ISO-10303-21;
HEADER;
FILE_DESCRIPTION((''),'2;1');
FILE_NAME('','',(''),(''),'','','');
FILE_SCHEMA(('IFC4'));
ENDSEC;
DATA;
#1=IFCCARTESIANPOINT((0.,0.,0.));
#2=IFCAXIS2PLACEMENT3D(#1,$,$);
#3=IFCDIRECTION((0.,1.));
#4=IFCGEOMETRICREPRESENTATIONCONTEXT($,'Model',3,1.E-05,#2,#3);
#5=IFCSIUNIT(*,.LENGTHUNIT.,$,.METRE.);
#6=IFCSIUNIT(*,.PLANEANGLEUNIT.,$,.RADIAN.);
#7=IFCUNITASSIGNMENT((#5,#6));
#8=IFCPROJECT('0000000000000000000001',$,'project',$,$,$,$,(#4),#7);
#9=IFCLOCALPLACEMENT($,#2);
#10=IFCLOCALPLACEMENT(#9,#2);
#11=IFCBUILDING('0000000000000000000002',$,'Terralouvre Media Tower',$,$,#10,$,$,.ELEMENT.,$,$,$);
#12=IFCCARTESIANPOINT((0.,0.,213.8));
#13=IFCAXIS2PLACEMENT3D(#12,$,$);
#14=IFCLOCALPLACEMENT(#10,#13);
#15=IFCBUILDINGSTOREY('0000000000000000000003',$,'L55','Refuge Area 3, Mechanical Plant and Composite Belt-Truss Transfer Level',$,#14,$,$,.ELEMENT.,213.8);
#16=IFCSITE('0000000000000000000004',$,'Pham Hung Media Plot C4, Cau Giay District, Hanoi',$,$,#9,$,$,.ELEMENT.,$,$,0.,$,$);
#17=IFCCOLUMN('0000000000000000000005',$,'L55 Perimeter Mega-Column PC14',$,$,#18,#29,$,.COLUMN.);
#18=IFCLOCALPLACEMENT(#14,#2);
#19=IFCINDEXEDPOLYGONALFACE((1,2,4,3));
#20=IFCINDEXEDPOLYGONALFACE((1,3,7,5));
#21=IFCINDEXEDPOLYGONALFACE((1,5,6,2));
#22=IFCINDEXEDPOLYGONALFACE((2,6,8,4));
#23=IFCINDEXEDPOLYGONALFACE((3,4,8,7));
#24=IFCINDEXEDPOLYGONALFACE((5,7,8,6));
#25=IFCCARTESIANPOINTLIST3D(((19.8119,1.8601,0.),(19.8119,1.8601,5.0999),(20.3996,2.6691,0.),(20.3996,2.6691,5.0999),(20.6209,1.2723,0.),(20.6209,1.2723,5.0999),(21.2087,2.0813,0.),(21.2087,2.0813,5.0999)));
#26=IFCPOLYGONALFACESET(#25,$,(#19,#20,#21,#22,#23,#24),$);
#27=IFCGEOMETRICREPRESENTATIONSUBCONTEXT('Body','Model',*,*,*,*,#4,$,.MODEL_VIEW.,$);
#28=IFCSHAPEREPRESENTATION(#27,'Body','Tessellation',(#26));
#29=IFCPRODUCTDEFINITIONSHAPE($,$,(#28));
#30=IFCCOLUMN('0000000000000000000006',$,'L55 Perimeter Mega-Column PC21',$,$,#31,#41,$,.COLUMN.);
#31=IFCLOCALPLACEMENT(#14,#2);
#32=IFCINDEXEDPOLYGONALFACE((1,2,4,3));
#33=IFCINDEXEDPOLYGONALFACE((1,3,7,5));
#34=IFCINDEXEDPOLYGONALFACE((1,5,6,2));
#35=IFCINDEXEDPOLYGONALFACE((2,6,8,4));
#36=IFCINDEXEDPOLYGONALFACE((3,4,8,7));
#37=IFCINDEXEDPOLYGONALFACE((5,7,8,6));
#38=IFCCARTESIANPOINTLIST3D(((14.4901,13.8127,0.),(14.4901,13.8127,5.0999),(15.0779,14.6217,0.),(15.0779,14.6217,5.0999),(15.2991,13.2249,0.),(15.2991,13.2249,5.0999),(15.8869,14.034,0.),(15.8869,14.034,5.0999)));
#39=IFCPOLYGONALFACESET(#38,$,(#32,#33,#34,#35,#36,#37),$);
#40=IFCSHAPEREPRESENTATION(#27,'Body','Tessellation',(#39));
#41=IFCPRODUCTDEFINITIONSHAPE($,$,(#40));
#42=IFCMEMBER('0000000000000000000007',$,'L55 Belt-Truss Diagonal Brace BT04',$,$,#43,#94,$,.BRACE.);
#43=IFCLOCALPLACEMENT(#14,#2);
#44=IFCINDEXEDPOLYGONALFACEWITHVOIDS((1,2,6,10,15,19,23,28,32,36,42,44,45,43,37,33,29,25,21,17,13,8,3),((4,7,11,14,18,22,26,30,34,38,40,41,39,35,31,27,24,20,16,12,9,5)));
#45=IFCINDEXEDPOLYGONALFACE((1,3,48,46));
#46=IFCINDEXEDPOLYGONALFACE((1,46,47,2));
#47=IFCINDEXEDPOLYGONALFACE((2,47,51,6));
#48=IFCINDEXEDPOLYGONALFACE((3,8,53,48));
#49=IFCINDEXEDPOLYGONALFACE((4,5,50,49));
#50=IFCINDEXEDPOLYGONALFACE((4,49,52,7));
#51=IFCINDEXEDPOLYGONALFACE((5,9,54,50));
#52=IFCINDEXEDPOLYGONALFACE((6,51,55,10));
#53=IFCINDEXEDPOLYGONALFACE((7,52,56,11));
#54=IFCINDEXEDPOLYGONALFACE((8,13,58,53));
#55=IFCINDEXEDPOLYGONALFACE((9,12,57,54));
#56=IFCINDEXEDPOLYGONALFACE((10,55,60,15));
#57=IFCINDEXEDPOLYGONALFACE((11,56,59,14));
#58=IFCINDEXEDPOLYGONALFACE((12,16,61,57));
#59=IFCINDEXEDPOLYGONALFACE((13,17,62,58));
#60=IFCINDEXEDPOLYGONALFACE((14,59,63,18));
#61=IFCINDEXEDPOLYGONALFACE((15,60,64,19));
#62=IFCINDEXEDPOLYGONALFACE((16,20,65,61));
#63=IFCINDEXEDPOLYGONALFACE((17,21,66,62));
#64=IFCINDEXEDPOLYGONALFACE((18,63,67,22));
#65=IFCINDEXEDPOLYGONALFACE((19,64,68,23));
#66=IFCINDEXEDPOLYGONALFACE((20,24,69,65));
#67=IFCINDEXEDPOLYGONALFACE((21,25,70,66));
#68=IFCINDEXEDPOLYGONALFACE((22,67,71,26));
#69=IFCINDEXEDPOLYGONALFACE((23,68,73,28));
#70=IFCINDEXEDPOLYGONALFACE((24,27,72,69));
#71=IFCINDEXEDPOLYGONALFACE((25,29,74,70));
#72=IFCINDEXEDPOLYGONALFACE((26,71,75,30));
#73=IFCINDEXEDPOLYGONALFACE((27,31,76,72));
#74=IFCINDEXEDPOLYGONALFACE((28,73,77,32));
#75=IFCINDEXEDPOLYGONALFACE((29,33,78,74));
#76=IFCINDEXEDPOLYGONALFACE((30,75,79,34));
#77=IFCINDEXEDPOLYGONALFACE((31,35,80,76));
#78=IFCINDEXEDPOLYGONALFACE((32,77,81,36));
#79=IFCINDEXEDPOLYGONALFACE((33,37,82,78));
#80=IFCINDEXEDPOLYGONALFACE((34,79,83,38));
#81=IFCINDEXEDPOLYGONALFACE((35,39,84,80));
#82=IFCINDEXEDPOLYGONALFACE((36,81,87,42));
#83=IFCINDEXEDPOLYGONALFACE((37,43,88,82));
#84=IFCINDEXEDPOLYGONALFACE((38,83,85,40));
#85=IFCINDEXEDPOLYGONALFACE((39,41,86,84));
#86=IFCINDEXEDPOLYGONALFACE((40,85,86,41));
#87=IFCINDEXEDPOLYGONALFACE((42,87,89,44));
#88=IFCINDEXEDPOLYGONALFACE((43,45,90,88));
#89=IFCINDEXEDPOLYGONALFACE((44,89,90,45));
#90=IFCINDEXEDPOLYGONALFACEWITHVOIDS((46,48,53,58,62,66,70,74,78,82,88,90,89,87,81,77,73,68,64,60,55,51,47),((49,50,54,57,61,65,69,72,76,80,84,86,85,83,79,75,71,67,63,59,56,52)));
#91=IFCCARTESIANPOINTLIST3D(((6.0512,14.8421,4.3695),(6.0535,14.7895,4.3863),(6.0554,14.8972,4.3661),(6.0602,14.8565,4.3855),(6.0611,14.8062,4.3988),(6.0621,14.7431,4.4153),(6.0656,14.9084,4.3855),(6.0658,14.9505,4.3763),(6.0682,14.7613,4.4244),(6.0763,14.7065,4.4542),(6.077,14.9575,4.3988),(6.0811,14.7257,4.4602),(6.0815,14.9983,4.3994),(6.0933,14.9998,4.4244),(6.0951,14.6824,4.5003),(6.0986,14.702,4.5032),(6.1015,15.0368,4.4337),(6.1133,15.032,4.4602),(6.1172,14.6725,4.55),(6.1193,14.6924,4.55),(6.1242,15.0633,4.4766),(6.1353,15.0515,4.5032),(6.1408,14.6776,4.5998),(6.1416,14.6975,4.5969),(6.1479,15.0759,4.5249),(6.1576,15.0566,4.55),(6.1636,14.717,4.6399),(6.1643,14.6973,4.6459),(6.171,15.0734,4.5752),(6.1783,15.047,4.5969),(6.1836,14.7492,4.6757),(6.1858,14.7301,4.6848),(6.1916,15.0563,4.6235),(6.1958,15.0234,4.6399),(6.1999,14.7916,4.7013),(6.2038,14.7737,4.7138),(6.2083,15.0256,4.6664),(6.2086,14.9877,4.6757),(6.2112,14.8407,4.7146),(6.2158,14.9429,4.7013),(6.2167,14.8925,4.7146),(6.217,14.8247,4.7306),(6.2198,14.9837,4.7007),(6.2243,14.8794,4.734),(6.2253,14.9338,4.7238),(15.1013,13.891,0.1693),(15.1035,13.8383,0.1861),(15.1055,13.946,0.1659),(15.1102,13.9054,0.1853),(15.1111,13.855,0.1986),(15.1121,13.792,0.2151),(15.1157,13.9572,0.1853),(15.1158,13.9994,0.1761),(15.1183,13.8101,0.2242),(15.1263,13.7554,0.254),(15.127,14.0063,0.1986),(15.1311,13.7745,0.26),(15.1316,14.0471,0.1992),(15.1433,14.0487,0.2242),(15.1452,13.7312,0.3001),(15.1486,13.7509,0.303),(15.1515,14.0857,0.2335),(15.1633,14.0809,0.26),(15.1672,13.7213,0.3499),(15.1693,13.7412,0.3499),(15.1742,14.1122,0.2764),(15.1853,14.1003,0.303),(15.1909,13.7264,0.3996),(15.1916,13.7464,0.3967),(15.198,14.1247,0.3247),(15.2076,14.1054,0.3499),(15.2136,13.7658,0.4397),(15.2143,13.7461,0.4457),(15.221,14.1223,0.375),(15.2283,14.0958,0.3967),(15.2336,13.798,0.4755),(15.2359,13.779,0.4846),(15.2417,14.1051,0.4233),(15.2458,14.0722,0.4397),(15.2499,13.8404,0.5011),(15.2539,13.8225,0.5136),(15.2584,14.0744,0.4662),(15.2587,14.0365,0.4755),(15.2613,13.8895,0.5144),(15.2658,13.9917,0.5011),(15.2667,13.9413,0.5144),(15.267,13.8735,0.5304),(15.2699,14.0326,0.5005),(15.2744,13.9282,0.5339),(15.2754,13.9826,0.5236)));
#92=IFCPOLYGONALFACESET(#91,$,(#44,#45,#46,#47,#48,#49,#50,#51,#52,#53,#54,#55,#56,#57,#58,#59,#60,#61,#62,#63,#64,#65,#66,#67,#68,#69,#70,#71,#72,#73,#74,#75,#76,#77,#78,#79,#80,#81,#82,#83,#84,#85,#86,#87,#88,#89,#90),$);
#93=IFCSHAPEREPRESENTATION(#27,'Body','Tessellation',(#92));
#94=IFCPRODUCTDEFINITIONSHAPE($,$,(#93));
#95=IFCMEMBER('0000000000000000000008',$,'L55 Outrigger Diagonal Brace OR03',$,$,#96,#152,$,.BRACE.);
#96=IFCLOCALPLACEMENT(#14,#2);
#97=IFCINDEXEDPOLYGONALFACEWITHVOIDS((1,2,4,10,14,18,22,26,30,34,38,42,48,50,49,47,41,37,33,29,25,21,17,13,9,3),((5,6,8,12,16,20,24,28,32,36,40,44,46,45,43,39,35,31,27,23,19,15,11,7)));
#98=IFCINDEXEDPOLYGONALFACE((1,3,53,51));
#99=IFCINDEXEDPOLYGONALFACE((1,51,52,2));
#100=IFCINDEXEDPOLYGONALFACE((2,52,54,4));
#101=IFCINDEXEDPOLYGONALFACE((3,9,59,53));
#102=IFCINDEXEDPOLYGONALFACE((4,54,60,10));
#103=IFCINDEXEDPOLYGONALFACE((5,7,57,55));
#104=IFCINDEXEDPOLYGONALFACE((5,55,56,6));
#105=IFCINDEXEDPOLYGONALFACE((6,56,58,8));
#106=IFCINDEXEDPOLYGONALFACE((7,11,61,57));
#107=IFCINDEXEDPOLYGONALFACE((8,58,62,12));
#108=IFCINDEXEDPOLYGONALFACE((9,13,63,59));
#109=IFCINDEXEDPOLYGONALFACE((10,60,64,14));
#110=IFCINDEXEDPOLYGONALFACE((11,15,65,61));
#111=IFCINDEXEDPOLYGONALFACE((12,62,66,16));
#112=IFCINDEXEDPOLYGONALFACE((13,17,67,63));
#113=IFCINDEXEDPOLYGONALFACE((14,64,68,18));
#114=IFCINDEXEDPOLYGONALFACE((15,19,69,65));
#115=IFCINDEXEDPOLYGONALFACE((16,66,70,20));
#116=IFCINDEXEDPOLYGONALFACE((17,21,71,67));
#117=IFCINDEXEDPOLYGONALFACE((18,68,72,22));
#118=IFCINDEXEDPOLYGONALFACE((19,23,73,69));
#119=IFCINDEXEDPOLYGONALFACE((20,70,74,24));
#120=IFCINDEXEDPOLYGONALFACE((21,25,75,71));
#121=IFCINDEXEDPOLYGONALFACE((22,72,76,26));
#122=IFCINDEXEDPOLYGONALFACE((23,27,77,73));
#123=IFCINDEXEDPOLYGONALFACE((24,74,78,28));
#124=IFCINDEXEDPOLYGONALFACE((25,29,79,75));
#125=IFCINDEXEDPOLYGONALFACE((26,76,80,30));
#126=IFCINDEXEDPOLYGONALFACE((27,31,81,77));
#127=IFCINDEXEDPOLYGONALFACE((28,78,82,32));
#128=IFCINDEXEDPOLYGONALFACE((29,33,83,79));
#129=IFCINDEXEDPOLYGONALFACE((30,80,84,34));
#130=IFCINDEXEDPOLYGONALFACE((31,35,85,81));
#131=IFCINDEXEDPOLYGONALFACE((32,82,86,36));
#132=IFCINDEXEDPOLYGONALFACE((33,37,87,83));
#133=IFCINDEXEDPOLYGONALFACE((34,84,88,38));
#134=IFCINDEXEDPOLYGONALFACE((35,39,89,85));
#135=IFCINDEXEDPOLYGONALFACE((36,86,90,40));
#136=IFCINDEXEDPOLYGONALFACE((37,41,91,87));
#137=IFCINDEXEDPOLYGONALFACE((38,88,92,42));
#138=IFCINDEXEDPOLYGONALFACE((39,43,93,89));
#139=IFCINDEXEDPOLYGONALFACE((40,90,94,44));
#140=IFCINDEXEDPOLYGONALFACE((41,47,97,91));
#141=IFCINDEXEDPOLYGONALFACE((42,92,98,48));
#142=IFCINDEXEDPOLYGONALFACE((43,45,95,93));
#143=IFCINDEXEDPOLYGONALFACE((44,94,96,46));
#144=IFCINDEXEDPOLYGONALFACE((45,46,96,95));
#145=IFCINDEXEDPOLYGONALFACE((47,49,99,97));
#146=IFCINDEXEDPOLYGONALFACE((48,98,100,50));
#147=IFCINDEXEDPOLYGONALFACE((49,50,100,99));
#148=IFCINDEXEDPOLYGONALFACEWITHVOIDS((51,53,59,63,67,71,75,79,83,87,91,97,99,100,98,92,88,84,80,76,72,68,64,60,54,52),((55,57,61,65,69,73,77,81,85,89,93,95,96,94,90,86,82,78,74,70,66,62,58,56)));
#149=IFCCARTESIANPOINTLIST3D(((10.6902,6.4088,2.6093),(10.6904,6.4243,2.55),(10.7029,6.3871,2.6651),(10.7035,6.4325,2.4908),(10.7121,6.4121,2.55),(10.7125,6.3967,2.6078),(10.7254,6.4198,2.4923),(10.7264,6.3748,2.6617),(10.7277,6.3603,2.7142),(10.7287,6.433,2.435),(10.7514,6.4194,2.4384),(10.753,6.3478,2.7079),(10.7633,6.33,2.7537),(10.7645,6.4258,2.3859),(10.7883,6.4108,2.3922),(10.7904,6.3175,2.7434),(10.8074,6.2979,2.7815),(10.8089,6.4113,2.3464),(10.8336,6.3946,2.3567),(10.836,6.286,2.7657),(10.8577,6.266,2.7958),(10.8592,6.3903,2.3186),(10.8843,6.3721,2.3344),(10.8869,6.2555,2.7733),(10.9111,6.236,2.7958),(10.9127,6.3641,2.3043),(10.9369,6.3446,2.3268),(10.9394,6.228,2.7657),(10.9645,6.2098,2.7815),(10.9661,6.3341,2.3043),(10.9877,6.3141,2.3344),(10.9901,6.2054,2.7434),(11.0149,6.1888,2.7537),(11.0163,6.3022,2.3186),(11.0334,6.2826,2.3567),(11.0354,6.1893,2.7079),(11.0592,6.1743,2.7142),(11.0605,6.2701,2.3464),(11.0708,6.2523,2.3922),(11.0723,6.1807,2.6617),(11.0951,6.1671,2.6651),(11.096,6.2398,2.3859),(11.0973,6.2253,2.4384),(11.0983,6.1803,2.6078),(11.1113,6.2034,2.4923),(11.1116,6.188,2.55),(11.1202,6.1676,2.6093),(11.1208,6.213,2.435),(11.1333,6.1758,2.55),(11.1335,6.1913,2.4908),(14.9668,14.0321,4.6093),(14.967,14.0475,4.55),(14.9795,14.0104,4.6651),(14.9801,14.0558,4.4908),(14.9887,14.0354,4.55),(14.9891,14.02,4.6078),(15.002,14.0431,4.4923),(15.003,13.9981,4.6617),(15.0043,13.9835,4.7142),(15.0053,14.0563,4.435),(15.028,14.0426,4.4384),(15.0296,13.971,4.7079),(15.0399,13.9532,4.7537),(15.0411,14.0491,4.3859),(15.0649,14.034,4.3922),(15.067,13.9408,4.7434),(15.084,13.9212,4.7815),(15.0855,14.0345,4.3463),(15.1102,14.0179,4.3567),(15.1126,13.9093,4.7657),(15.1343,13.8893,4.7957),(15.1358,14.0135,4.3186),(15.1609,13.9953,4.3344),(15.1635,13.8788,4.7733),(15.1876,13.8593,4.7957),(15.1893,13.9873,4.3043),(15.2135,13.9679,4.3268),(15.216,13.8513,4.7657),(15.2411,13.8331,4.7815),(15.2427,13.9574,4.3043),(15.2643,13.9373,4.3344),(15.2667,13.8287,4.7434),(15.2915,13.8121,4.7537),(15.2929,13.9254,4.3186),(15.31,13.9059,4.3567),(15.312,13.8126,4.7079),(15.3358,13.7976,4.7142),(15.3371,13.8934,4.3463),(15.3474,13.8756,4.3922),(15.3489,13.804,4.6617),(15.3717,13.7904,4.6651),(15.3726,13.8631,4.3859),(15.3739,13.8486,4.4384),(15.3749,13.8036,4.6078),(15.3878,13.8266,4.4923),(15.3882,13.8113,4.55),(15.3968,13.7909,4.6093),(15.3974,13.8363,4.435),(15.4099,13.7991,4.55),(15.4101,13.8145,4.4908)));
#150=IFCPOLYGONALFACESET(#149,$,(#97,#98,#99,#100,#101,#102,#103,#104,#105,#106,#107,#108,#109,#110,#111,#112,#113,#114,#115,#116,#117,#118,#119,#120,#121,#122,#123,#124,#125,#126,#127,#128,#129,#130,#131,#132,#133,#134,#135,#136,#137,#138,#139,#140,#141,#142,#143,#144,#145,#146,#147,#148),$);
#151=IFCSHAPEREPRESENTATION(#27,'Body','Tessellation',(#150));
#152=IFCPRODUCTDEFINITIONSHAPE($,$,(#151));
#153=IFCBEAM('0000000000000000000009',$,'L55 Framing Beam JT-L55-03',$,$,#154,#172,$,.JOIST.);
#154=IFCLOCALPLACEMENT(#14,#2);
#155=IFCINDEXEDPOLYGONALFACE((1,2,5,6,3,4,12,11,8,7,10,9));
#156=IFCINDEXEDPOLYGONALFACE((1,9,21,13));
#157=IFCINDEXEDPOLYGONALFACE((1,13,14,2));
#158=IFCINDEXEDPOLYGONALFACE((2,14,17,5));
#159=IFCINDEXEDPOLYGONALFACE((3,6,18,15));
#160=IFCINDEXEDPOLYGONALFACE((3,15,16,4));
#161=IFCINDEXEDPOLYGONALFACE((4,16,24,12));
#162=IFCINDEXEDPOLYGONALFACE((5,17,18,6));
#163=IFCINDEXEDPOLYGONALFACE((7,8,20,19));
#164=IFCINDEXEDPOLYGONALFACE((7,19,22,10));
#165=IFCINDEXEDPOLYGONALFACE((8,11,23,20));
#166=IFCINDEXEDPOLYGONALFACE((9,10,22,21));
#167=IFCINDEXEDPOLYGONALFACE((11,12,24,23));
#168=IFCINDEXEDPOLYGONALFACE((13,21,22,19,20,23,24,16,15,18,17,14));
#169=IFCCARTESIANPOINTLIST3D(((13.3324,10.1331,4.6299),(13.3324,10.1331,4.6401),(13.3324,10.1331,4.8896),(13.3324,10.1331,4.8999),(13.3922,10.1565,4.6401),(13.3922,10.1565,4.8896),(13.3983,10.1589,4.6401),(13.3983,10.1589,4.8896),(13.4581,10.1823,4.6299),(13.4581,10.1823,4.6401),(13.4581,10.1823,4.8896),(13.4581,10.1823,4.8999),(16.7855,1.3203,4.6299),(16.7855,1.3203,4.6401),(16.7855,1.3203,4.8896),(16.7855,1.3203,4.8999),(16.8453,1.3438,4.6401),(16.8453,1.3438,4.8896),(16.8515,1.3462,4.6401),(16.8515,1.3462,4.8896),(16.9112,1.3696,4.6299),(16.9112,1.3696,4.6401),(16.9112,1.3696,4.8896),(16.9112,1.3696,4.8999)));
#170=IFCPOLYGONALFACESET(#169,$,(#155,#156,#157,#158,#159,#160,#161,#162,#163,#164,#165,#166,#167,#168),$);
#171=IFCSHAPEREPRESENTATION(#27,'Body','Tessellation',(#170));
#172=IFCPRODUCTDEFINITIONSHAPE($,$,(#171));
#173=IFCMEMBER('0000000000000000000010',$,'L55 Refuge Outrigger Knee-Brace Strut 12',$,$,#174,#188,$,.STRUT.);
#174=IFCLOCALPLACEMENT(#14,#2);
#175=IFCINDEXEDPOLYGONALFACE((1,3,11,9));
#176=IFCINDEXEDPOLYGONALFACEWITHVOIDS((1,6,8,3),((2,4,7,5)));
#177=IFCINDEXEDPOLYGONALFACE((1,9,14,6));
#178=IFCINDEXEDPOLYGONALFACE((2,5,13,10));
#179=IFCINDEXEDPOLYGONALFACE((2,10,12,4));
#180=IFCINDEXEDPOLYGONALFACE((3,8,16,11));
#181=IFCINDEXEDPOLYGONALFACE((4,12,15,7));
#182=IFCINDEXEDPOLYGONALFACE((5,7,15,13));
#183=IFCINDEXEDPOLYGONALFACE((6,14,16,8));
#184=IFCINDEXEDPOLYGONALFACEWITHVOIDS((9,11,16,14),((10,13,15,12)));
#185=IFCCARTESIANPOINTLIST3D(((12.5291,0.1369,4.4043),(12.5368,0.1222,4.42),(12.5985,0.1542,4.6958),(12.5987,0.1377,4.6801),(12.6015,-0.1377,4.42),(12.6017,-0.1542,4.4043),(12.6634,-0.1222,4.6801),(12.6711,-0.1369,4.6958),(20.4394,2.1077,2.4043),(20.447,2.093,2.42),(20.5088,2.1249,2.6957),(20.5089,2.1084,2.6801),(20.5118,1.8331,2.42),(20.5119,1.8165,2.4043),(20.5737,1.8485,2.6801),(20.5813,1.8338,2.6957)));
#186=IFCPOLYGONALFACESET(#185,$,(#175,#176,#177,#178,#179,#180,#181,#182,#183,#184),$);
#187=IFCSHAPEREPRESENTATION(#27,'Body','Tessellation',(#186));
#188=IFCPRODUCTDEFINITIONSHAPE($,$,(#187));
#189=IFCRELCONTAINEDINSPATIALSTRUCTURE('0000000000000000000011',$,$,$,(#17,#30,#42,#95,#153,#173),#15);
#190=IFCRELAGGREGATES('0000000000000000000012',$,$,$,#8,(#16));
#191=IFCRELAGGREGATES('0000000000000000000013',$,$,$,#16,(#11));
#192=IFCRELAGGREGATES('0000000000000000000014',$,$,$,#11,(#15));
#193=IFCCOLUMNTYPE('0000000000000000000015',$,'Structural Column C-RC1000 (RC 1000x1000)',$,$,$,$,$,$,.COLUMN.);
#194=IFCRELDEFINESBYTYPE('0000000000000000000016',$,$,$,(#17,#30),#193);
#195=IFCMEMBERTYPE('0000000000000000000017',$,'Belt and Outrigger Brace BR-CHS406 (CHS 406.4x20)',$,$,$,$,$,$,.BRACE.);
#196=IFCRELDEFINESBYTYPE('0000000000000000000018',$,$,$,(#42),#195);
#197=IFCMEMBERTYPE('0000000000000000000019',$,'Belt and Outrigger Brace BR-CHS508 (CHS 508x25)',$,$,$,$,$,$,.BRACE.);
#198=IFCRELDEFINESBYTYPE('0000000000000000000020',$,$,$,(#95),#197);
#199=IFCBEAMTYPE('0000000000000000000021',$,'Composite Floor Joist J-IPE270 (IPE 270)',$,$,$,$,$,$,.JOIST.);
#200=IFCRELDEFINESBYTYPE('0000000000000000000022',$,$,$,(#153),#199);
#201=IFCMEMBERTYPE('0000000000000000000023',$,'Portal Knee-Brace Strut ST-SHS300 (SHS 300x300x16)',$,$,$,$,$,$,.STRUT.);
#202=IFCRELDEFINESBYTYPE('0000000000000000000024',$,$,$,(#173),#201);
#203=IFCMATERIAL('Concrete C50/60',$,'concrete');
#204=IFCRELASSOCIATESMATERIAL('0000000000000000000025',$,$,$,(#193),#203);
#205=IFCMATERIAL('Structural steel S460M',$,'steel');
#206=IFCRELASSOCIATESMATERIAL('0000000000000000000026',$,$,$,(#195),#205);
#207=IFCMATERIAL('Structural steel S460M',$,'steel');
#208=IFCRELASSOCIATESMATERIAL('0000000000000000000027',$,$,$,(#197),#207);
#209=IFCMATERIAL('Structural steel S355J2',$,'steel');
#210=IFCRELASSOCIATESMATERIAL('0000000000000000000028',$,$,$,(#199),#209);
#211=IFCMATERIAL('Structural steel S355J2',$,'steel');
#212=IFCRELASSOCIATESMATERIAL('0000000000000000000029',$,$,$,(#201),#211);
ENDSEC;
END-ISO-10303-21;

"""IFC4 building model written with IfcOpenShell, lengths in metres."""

from ifc_helpers import new_model, si_unit, direction, frame, origin, origin_2d, place, context, subcontext, project, spatial, rectangle, hollow_rectangle, hollow_circle, i_section, extrude, material, material_profile, profile_set, type_object, element, save


model = new_model("IFC4")

# Units and contexts
model_context = context("Model", 3, precision=1e-05, world=origin(), true_north=direction((0.0, 1.0)))
body_context = subcontext(model_context, "Body", "Model", "MODEL_VIEW")
ifc_project = project(units=[si_unit("LENGTHUNIT", "METRE"), si_unit("PLANEANGLEUNIT", "RADIAN")], contexts=[model_context])

# Site, building, storey
site_placement = place(None, origin())
site = spatial("IfcSite", under=ifc_project, at=site_placement, Name="Pham Hung Media Plot C4, Cau Giay District, Hanoi", CompositionType="ELEMENT", RefElevation=0.0)
building_placement = place(site_placement, origin())
building = spatial("IfcBuilding", under=site, at=building_placement, Name="Terralouvre Media Tower", CompositionType="ELEMENT")
storey_placement = place(building_placement, frame((0.0, 0.0, 213.8)))
storey = spatial("IfcBuildingStorey", under=building, at=storey_placement, Name="L55", Description="Refuge Area 3, Mechanical Plant and Composite Belt-Truss Transfer Level", CompositionType="ELEMENT", Elevation=213.8)

# Columns
ifc_material_1 = material(Name="Concrete C50/60", Category="concrete")
ifc_material_profile_1 = material_profile(ifc_material_1, rectangle(XDim=1.0, YDim=1.0, at=origin_2d()), Name="RC 1000x1000")
ifc_profile_set_1 = profile_set([ifc_material_profile_1], Name="Concrete C50/60")
column_type = type_object("IfcColumnType", Name="Structural Column C-RC1000 (RC 1000x1000)", PredefinedType="COLUMN", material=ifc_profile_set_1)
for number, where, z_axis, x_axis, name in (
    (1, (20.5103, 1.9707, 0.0), (0.0, 0.0, 1.0), (0.587785, 0.809017, 0.0), "L55 Perimeter Mega-Column PC14"),
    (2, (15.1885, 13.9233, 0.0), (0.0, 0.0, 1.0), (0.587785, 0.809017, 0.0), "L55 Perimeter Mega-Column PC21"),
):
    element("IfcColumn", number, at=place(storey_placement, frame(where, z_axis=z_axis, x_axis=x_axis)), inside=storey, type_object=column_type, Name=name, PredefinedType="COLUMN", context=body_context, shape_type="SweptSolid", body=[
        extrude(rectangle(XDim=1.0, YDim=1.0, at=origin_2d()), origin(), (0.0, 0.0, 1.0), 5.0999),
    ])

# Members
ifc_material_2 = material(Name="Structural steel S460M", Category="steel")
ifc_material_profile_2 = material_profile(ifc_material_2, hollow_circle(Radius=0.2031, WallThickness=0.02, at=origin_2d()), Name="CHS 406.4x20")
ifc_profile_set_2 = profile_set([ifc_material_profile_2], Name="Structural steel S460M")
member_type_1 = type_object("IfcMemberType", Name="Belt and Outrigger Brace BR-CHS406 (CHS 406.4x20)", PredefinedType="BRACE", material=ifc_profile_set_2)
member_1_placement = place(storey_placement, frame((15.1885, 13.9233, 0.3499), z_axis=(-0.902977, 0.094904, 0.419078), x_axis=(-0.104526, -0.994522, 0.0)))
element("IfcMember", 3, at=member_1_placement, inside=storey, type_object=member_type_1, Name="L55 Belt-Truss Diagonal Brace BT04", PredefinedType="BRACE", context=body_context, shape_type="SweptSolid", body=[
    extrude(hollow_circle(Radius=0.2031, WallThickness=0.02, at=origin_2d()), origin(), (0.0, 0.0, 1.0), 10.0225),
])
ifc_material_3 = material(Name="Structural steel S460M", Category="steel")
ifc_material_profile_3 = material_profile(ifc_material_3, hollow_circle(Radius=0.2539, WallThickness=0.0249, at=origin_2d()), Name="CHS 508x25")
ifc_profile_set_3 = profile_set([ifc_material_profile_3], Name="Structural steel S460M")
member_type_2 = type_object("IfcMemberType", Name="Belt and Outrigger Brace BR-CHS508 (CHS 508x25)", PredefinedType="BRACE", material=ifc_profile_set_3)
member_2_placement = place(storey_placement, frame((10.9119, 6.3, 2.55), z_axis=(0.476937, 0.850166, 0.223044), x_axis=(-0.872137, 0.489262, 0.0)))
element("IfcMember", 4, at=member_2_placement, inside=storey, type_object=member_type_2, Name="L55 Outrigger Diagonal Brace OR03", PredefinedType="BRACE", context=body_context, shape_type="SweptSolid", body=[
    extrude(hollow_circle(Radius=0.2539, WallThickness=0.0249, at=origin_2d()), origin(), (0.0, 0.0, 1.0), 8.9668),
])

# Beam
ifc_material_4 = material(Name="Structural steel S355J2", Category="steel")
ifc_material_profile_4 = material_profile(ifc_material_4, i_section(OverallWidth=0.135, OverallDepth=0.27, WebThickness=0.0066, FlangeThickness=0.0103, at=origin_2d()), Name="IPE 270")
ifc_profile_set_4 = profile_set([ifc_material_profile_4], Name="Structural steel S355J2")
beam_type_1 = type_object("IfcBeamType", Name="Composite Floor Joist J-IPE270 (IPE 270)", PredefinedType="JOIST", material=ifc_profile_set_4)
beam_1_placement = place(storey_placement, frame((16.8484, 1.345, 4.7649), z_axis=(-0.364826, 0.931076, 0.0), x_axis=(-0.931076, -0.364826, 0.0)))
element("IfcBeam", 5, at=beam_1_placement, inside=storey, type_object=beam_type_1, Name="L55 Framing Beam JT-L55-03", PredefinedType="JOIST", context=body_context, shape_type="SweptSolid", body=[
    extrude(i_section(OverallWidth=0.135, OverallDepth=0.27, WebThickness=0.0066, FlangeThickness=0.0103, at=origin_2d()), origin(), (0.0, 0.0, 1.0), 9.4651),
])

# Member
ifc_material_5 = material(Name="Structural steel S355J2", Category="steel")
ifc_material_profile_5 = material_profile(ifc_material_5, hollow_rectangle(XDim=0.3, YDim=0.3, WallThickness=0.0161, at=origin_2d()), Name="SHS 300x300x16")
ifc_profile_set_5 = profile_set([ifc_material_profile_5], Name="Structural steel S355J2")
member_type_3 = type_object("IfcMemberType", Name="Portal Knee-Brace Strut ST-SHS300 (SHS 300x300x16)", PredefinedType="STRUT", material=ifc_profile_set_5)
member_3_placement = place(storey_placement, frame((12.6001, 0.0, 4.55), z_axis=(0.942392, 0.234784, -0.238274), x_axis=(-0.241746, 0.970339, 0.0)))
element("IfcMember", 6, at=member_3_placement, inside=storey, type_object=member_type_3, Name="L55 Refuge Outrigger Knee-Brace Strut 12", PredefinedType="STRUT", context=body_context, shape_type="SweptSolid", body=[
    extrude(hollow_rectangle(XDim=0.3, YDim=0.3, WallThickness=0.0161, at=origin_2d()), origin(), (0.0, 0.0, 1.0), 8.3938),
])

save(model, "model.ifc")
